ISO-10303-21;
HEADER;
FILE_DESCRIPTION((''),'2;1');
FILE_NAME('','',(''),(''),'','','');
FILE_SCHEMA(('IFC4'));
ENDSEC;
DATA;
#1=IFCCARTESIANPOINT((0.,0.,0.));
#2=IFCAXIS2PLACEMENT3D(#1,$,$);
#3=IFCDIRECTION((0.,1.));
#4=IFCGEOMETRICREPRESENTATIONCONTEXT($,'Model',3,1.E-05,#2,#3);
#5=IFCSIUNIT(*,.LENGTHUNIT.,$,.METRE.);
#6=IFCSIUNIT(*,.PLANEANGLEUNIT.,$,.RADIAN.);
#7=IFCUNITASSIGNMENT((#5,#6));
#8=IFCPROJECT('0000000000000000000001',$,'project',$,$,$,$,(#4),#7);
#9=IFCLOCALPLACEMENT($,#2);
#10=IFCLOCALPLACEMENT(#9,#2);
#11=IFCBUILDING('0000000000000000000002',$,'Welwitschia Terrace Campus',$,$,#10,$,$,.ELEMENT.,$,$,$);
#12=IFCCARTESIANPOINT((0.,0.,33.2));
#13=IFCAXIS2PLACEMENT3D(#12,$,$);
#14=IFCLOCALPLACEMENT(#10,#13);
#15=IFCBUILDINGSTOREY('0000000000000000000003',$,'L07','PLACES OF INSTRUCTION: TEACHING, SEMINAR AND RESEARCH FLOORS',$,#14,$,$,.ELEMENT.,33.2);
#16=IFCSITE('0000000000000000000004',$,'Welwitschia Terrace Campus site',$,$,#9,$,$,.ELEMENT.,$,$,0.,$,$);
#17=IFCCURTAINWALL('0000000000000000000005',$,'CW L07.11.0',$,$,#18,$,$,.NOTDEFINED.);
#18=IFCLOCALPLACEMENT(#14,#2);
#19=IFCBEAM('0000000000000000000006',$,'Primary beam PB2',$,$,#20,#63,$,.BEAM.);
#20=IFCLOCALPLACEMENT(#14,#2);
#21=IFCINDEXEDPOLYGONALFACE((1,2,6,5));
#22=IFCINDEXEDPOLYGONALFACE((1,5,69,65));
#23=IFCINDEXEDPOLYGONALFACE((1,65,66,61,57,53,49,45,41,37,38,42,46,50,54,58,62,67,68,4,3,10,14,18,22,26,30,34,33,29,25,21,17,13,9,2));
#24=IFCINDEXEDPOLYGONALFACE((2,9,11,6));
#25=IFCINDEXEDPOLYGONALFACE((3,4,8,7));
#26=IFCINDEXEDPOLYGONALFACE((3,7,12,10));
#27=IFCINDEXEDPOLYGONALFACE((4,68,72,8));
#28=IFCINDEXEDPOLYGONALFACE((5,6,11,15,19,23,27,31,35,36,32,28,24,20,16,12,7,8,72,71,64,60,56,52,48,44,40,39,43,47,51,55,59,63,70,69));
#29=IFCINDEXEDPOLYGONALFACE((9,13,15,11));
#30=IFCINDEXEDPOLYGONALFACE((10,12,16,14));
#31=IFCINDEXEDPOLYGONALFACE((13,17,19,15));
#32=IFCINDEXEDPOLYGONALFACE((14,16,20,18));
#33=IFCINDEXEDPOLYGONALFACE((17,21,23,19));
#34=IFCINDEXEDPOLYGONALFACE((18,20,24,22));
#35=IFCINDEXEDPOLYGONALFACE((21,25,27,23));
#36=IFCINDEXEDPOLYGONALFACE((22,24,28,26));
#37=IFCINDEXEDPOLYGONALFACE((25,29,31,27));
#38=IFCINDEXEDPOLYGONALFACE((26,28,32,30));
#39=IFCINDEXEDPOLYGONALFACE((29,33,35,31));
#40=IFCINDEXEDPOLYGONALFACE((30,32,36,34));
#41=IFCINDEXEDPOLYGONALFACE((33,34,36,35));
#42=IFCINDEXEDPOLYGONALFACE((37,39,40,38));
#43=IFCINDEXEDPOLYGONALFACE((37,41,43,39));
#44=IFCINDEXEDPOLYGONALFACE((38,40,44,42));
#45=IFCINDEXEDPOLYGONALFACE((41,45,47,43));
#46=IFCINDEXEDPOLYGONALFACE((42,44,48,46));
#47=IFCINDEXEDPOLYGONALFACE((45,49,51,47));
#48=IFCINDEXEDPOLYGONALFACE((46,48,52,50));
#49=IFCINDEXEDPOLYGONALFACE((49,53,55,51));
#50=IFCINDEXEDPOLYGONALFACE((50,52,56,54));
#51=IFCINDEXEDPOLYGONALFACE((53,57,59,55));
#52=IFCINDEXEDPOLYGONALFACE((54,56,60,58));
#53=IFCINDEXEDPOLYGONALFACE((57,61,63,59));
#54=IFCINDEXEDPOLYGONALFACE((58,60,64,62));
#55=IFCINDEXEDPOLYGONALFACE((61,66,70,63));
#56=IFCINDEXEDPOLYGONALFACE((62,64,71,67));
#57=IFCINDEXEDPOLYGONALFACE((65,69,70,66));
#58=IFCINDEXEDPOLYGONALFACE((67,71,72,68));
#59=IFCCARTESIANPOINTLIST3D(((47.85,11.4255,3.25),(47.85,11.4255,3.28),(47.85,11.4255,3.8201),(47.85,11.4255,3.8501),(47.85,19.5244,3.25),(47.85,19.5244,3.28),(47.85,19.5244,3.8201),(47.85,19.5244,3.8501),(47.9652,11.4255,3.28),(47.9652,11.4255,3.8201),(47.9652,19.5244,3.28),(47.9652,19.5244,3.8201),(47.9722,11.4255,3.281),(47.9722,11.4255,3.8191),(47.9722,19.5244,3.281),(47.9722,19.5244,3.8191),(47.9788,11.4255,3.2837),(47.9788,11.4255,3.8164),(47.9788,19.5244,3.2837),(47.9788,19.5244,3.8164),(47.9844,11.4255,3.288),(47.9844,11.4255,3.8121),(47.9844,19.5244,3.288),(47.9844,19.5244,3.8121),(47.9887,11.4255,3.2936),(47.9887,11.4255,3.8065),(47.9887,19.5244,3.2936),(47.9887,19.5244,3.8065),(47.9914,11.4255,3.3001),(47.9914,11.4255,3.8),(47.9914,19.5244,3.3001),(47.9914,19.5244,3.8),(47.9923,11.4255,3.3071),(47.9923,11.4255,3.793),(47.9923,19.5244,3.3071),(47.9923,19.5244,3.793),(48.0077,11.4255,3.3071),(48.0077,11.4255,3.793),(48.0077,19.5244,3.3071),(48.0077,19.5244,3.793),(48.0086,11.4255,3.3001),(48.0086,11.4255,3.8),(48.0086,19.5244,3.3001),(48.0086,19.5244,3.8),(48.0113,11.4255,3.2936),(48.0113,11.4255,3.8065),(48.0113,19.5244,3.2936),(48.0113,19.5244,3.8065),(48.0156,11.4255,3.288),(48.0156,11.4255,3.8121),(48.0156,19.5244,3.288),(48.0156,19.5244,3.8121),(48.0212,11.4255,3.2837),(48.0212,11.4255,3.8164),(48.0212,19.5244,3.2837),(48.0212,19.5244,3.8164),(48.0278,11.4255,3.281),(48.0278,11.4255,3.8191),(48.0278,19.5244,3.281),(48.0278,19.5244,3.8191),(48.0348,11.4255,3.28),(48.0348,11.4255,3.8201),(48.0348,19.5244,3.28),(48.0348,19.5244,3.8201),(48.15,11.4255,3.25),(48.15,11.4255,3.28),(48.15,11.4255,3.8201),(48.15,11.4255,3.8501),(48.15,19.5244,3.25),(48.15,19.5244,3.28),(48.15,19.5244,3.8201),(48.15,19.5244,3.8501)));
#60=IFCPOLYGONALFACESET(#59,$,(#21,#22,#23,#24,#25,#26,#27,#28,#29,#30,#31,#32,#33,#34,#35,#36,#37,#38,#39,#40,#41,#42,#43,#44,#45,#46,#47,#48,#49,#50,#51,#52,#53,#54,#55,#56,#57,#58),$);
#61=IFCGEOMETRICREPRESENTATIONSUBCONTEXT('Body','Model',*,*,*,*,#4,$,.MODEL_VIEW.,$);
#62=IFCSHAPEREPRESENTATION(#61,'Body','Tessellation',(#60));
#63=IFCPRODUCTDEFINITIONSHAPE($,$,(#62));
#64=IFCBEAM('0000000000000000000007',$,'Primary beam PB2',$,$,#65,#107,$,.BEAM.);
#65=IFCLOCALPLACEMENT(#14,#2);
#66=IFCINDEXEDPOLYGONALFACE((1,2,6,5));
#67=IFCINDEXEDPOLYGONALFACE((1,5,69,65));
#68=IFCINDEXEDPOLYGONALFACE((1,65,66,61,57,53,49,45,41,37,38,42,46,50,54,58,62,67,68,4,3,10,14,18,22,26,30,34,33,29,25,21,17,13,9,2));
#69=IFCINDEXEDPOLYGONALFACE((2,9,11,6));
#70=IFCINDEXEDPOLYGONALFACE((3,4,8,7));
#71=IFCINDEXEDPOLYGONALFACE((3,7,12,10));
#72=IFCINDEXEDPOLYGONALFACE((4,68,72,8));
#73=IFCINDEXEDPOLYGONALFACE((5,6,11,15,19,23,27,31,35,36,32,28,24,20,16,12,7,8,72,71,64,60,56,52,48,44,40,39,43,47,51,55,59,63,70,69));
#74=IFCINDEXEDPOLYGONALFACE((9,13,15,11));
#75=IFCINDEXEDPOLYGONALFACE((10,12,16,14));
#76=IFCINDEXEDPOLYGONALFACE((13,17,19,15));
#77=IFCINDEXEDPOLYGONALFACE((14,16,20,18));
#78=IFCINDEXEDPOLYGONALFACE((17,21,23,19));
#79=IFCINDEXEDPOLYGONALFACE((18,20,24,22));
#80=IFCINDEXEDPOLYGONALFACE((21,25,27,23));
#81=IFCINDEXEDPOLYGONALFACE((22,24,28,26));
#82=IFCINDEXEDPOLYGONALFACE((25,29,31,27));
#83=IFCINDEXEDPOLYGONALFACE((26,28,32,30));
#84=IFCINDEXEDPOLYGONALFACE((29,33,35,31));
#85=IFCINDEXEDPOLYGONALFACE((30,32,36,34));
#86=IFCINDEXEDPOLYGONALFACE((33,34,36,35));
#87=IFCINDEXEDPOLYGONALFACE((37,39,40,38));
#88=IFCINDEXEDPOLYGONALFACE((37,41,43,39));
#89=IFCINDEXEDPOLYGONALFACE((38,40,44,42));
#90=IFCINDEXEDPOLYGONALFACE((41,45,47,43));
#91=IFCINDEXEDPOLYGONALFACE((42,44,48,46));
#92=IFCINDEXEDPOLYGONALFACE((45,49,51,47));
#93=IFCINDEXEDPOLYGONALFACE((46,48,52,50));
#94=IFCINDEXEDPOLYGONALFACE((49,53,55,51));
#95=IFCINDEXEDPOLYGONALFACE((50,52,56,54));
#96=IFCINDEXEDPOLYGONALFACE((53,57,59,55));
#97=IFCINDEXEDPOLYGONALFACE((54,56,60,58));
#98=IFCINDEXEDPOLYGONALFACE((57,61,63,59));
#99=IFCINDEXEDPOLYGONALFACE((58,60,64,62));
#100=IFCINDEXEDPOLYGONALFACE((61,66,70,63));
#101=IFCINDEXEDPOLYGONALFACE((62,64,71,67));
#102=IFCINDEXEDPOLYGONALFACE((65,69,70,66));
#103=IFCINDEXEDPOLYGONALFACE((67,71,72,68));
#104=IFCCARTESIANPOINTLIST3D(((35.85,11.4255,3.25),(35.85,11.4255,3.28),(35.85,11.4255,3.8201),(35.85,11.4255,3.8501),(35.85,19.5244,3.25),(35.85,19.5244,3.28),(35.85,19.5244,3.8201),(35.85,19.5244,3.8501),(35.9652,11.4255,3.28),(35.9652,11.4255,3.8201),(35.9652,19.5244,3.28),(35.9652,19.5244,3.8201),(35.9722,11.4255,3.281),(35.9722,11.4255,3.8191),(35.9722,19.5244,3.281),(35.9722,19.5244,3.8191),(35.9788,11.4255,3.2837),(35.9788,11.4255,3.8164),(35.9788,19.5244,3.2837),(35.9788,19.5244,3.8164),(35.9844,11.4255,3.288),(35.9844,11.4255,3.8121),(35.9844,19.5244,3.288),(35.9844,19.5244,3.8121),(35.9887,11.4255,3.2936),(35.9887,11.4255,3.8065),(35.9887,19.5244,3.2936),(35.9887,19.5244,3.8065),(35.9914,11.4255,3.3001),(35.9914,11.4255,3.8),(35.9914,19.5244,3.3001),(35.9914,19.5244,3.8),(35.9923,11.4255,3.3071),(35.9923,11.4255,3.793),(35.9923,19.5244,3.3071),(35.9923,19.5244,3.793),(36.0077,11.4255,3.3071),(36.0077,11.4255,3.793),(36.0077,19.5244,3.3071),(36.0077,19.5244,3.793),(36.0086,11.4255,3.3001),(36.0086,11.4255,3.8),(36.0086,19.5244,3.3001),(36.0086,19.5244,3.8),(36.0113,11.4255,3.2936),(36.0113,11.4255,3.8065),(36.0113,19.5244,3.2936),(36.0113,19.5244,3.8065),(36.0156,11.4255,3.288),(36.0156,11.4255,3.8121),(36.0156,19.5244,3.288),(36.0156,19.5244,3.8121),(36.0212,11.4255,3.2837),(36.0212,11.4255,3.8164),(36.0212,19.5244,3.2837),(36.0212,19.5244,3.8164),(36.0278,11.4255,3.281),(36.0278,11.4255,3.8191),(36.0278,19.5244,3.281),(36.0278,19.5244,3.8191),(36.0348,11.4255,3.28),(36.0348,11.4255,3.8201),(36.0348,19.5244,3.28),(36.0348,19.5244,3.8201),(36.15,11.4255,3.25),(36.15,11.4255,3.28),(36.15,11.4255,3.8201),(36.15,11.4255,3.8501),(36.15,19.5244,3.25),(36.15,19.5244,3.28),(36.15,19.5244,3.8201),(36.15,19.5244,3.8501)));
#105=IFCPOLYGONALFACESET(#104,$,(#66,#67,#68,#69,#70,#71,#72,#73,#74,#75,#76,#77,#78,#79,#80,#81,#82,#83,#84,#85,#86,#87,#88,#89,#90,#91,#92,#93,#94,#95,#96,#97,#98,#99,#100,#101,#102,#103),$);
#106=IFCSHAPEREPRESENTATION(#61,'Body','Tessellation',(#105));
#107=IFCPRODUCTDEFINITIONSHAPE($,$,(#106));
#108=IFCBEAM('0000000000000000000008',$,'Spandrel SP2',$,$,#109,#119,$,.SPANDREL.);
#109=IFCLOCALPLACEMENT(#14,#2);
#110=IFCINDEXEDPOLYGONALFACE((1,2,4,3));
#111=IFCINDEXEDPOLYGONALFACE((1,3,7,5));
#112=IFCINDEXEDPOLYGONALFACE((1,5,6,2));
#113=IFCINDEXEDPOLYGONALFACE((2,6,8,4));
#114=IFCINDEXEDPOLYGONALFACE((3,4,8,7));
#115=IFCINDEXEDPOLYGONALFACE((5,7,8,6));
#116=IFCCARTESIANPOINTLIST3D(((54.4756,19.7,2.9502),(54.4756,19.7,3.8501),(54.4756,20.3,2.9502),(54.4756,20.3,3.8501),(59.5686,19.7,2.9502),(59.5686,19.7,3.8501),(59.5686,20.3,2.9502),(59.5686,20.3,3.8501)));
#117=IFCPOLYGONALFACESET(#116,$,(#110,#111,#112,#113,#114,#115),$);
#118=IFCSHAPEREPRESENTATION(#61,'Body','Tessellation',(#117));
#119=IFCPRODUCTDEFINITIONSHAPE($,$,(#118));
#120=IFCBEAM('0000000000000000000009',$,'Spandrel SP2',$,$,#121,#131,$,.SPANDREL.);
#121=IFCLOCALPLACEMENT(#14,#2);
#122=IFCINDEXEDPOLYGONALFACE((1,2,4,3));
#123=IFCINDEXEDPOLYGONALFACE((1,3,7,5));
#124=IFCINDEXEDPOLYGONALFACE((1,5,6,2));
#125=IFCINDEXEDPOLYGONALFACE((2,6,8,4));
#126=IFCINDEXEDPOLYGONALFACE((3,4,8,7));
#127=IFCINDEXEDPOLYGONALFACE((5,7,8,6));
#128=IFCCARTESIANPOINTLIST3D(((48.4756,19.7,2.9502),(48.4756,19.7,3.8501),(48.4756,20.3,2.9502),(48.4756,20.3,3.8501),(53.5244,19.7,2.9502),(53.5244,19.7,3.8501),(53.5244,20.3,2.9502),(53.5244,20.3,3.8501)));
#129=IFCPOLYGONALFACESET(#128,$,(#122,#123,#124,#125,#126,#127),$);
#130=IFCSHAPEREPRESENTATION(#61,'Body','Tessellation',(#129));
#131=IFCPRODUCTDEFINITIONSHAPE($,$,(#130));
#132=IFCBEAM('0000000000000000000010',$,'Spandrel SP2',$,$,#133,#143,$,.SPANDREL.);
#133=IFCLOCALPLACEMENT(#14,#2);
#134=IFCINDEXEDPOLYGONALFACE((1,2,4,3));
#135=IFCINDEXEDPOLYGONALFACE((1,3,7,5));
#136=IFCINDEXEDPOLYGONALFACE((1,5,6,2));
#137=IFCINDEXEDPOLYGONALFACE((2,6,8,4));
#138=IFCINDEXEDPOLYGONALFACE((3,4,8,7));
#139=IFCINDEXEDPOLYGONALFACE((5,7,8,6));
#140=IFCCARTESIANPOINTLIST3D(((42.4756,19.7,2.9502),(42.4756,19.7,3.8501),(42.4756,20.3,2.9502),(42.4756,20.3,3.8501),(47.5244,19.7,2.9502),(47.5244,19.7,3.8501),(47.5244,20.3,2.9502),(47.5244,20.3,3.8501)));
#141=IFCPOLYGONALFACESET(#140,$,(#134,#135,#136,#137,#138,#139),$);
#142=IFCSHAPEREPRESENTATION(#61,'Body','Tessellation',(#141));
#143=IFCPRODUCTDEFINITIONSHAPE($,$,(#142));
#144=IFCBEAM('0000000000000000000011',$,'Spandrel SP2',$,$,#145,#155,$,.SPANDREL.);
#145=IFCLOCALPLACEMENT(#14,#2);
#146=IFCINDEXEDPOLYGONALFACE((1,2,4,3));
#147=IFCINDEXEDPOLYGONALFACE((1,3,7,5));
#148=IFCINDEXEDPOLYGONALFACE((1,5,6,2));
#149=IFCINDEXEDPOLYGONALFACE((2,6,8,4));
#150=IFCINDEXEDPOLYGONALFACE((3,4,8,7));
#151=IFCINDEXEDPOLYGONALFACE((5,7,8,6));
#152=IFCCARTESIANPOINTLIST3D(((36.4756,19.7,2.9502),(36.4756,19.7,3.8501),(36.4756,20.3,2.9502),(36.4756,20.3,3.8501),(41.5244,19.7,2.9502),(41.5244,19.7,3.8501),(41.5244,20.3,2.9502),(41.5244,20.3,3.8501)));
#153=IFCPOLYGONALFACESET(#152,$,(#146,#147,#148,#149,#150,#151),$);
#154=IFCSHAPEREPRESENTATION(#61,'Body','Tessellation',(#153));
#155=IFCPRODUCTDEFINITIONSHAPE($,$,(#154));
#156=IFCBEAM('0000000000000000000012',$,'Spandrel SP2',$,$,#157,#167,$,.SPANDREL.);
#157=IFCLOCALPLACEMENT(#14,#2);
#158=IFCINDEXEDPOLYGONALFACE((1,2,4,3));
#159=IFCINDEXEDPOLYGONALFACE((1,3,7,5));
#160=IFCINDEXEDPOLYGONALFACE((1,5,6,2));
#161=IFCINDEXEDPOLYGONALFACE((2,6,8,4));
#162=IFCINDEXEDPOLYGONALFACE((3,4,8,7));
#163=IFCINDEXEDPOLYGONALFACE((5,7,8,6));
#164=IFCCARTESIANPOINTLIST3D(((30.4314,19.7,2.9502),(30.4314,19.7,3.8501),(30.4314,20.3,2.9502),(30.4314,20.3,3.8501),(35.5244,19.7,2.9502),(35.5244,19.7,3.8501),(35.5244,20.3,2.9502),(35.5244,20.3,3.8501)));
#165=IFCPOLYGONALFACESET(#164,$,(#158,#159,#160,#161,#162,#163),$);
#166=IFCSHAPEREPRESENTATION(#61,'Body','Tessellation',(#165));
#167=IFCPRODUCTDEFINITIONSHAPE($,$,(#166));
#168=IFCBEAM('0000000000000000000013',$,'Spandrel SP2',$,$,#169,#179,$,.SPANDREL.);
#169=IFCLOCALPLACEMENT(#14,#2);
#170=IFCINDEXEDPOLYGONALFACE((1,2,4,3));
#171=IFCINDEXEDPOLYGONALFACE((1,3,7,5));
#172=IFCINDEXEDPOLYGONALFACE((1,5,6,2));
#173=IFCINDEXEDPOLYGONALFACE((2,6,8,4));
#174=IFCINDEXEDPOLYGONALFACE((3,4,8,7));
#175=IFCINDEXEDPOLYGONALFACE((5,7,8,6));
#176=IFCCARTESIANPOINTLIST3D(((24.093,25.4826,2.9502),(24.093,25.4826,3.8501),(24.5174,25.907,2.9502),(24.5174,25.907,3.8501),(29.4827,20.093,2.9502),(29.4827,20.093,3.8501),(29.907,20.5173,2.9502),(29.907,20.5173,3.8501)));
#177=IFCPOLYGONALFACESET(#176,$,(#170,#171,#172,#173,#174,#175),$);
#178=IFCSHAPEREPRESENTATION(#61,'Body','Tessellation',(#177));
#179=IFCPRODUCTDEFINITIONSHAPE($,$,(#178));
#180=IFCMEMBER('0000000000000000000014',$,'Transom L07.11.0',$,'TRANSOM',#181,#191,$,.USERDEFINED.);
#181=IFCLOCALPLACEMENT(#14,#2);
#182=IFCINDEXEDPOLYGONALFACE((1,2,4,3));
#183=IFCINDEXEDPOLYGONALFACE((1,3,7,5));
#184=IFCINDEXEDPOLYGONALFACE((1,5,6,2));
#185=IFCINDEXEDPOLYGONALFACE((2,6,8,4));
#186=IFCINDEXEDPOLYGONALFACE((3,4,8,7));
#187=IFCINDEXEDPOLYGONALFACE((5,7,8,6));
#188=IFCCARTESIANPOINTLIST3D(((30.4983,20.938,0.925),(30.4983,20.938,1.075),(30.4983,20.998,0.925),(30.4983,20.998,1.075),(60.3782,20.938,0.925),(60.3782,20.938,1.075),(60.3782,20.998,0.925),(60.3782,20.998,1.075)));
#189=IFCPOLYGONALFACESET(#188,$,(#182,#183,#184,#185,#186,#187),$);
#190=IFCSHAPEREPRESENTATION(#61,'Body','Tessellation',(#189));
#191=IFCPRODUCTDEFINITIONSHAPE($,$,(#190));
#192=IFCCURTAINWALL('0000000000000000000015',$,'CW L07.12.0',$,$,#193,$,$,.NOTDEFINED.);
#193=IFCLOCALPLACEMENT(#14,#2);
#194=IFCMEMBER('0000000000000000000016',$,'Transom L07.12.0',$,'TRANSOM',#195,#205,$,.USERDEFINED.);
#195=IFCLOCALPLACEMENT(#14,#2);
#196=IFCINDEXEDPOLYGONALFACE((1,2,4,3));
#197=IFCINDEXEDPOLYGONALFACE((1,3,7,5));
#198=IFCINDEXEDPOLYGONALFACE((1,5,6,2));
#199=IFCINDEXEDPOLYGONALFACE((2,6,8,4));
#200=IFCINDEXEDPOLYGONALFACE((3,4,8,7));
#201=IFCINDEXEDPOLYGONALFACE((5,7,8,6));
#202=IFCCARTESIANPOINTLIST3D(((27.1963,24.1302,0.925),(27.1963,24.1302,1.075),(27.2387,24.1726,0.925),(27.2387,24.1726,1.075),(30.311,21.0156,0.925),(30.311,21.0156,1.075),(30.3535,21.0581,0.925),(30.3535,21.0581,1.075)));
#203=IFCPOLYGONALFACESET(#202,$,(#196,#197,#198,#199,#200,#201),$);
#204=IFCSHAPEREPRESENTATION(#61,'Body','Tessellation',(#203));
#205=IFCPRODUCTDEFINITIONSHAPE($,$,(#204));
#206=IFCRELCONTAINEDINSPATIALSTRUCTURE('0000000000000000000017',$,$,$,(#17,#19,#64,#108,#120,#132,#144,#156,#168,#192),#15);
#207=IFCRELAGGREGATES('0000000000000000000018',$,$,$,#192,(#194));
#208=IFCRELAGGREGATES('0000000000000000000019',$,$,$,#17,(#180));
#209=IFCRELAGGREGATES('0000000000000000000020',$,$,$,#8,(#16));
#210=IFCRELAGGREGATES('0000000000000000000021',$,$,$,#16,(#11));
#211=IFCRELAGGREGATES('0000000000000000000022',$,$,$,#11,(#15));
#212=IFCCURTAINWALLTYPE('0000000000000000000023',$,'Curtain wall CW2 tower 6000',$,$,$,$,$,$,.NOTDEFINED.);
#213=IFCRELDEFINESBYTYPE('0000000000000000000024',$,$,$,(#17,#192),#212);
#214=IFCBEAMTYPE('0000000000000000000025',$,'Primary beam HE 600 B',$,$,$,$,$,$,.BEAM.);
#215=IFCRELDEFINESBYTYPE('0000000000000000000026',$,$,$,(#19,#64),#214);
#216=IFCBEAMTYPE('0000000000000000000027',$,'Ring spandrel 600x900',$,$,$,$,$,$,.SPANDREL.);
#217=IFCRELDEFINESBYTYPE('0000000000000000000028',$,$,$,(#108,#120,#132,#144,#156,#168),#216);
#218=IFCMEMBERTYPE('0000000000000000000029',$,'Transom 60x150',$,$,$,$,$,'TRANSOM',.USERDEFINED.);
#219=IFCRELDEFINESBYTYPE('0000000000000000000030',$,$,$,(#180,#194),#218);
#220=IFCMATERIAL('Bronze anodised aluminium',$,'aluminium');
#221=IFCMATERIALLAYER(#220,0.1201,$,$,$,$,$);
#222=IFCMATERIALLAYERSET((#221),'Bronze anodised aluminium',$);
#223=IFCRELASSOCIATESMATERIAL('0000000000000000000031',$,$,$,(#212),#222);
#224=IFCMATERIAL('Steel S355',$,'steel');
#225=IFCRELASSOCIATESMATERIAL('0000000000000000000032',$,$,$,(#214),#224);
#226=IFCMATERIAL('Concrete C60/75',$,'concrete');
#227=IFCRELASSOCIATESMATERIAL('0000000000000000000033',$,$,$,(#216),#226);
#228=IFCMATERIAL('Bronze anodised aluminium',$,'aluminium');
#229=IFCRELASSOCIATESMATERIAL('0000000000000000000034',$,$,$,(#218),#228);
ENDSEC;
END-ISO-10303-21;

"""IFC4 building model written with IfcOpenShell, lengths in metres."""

from ifc_helpers import new_model, si_unit, direction, frame, origin, origin_2d, place, context, subcontext, project, spatial, rectangle, i_section, extrude, material, layer, layer_set, material_profile, profile_set, type_object, element, aggregate, save


model = new_model("IFC4")

# Units and contexts
model_context = context("Model", 3, precision=1e-05, world=origin(), true_north=direction((0.0, 1.0)))
body_context = subcontext(model_context, "Body", "Model", "MODEL_VIEW")
ifc_project = project(units=[si_unit("LENGTHUNIT", "METRE"), si_unit("PLANEANGLEUNIT", "RADIAN")], contexts=[model_context])

# Site, building, storey
site_placement = place(None, origin())
site = spatial("IfcSite", under=ifc_project, at=site_placement, Name="Welwitschia Terrace Campus site", CompositionType="ELEMENT", RefElevation=0.0)
building_placement = place(site_placement, origin())
building = spatial("IfcBuilding", under=site, at=building_placement, Name="Welwitschia Terrace Campus", CompositionType="ELEMENT")
storey_placement = place(building_placement, frame((0.0, 0.0, 33.2)))
storey = spatial("IfcBuildingStorey", under=building, at=storey_placement, Name="L07", Description="PLACES OF INSTRUCTION: TEACHING, SEMINAR AND RESEARCH FLOORS", CompositionType="ELEMENT", Elevation=33.2)

# Curtain wall
ifc_material_1 = material(Name="Bronze anodised aluminium", Category="aluminium")
ifc_layer_1 = layer(ifc_material_1, 0.1201)
ifc_layer_set_1 = layer_set([ifc_layer_1], Name="Bronze anodised aluminium")
curtain_wall_type = type_object("IfcCurtainWallType", Name="Curtain wall CW2 tower 6000", PredefinedType="NOTDEFINED", material=ifc_layer_set_1)
curtain_wall_1_placement = place(storey_placement, origin())
curtain_wall_1 = element("IfcCurtainWall", 1, at=curtain_wall_1_placement, inside=storey, type_object=curtain_wall_type, Name="CW L07.11.0", PredefinedType="NOTDEFINED")

# Beams
ifc_material_2 = material(Name="Steel S355", Category="steel")
ifc_material_profile_1 = material_profile(ifc_material_2, i_section(OverallWidth=0.3, OverallDepth=0.6001, WebThickness=0.0154, FlangeThickness=0.03, FilletRadius=0.0271, at=origin_2d()))
ifc_profile_set_1 = profile_set([ifc_material_profile_1], Name="Steel S355")
beam_type_1 = type_object("IfcBeamType", Name="Primary beam HE 600 B", PredefinedType="BEAM", material=ifc_profile_set_1)
for number, where, z_axis, x_axis, name in (
    (2, (48.0, 19.5244, 3.55), (0.0, -1.0, 0.0), (1.0, 0.0, 0.0), "Primary beam PB2"),
    (3, (36.0, 19.5244, 3.55), (0.0, -1.0, 0.0), (1.0, 0.0, 0.0), "Primary beam PB2"),
):
    element("IfcBeam", number, at=place(storey_placement, frame(where, z_axis=z_axis, x_axis=x_axis)), inside=storey, type_object=beam_type_1, Name=name, PredefinedType="BEAM", context=body_context, shape_type="SweptSolid", body=[
        extrude(i_section(OverallWidth=0.3, OverallDepth=0.6001, WebThickness=0.0154, FlangeThickness=0.03, FilletRadius=0.0271, at=origin_2d()), origin(), (0.0, 0.0, 1.0), 8.0989),
    ])
ifc_material_3 = material(Name="Concrete C60/75", Category="concrete")
ifc_material_profile_2 = material_profile(ifc_material_3, rectangle(XDim=0.6001, YDim=0.8999, at=origin_2d()))
ifc_profile_set_2 = profile_set([ifc_material_profile_2], Name="Concrete C60/75")
beam_type_2 = type_object("IfcBeamType", Name="Ring spandrel 600x900", PredefinedType="SPANDREL", material=ifc_profile_set_2)
beam_1_placement = place(storey_placement, frame((59.5686, 20.0, 3.4001), z_axis=(-1.0, 0.0, 0.0), x_axis=(0.0, -1.0, 0.0)))
element("IfcBeam", 4, at=beam_1_placement, inside=storey, type_object=beam_type_2, Name="Spandrel SP2", PredefinedType="SPANDREL", context=body_context, shape_type="SweptSolid", body=[
    extrude(rectangle(XDim=0.6001, YDim=0.8999, at=origin_2d()), origin(), (0.0, 0.0, 1.0), 5.093),
])
for number, where, z_axis, x_axis, name in (
    (5, (53.5244, 20.0, 3.4001), (-1.0, 0.0, 0.0), (0.0, -1.0, 0.0), "Spandrel SP2"),
    (6, (47.5244, 20.0, 3.4001), (-1.0, 0.0, 0.0), (0.0, -1.0, 0.0), "Spandrel SP2"),
    (7, (41.5244, 20.0, 3.4001), (-1.0, 0.0, 0.0), (0.0, -1.0, 0.0), "Spandrel SP2"),
):
    element("IfcBeam", number, at=place(storey_placement, frame(where, z_axis=z_axis, x_axis=x_axis)), inside=storey, type_object=beam_type_2, Name=name, PredefinedType="SPANDREL", context=body_context, shape_type="SweptSolid", body=[
        extrude(rectangle(XDim=0.6001, YDim=0.8999, at=origin_2d()), origin(), (0.0, 0.0, 1.0), 5.0488),
    ])
beam_2_placement = place(storey_placement, frame((35.5244, 20.0, 3.4001), z_axis=(-1.0, 0.0, 0.0), x_axis=(0.0, -1.0, 0.0)))
element("IfcBeam", 8, at=beam_2_placement, inside=storey, type_object=beam_type_2, Name="Spandrel SP2", PredefinedType="SPANDREL", context=body_context, shape_type="SweptSolid", body=[
    extrude(rectangle(XDim=0.6001, YDim=0.8999, at=origin_2d()), origin(), (0.0, 0.0, 1.0), 5.093),
])
beam_3_placement = place(storey_placement, frame((29.6948, 20.3052, 3.4001), z_axis=(-0.707107, 0.707107, 0.0), x_axis=(-0.707107, -0.707107, 0.0)))
element("IfcBeam", 9, at=beam_3_placement, inside=storey, type_object=beam_type_2, Name="Spandrel SP2", PredefinedType="SPANDREL", context=body_context, shape_type="SweptSolid", body=[
    extrude(rectangle(XDim=0.6001, YDim=0.8999, at=origin_2d()), origin(), (0.0, 0.0, 1.0), 7.6221),
])

# Member
ifc_material_4 = material(Name="Bronze anodised aluminium", Category="aluminium")
ifc_material_profile_3 = material_profile(ifc_material_4, rectangle(XDim=0.0601, YDim=0.1499, at=origin_2d()))
ifc_profile_set_3 = profile_set([ifc_material_profile_3], Name="Bronze anodised aluminium")
member_type_1 = type_object("IfcMemberType", Name="Transom 60x150", ElementType="TRANSOM", PredefinedType="USERDEFINED", material=ifc_profile_set_3)
member_1_placement = place(storey_placement, frame((60.3782, 20.968, 1.0), z_axis=(-1.0, 0.0, 0.0), x_axis=(0.0, -1.0, 0.0)))
member_1 = element("IfcMember", 10, at=member_1_placement, type_object=member_type_1, Name="Transom L07.11.0", ObjectType="TRANSOM", PredefinedType="USERDEFINED", context=body_context, shape_type="SweptSolid", body=[
    extrude(rectangle(XDim=0.0601, YDim=0.1499, at=origin_2d()), origin(), (0.0, 0.0, 1.0), 29.8799),
])

# Curtain wall, member
curtain_wall_2_placement = place(storey_placement, origin())
curtain_wall_2 = element("IfcCurtainWall", 11, at=curtain_wall_2_placement, inside=storey, type_object=curtain_wall_type, Name="CW L07.12.0", PredefinedType="NOTDEFINED")
member_2_placement = place(storey_placement, frame((30.3323, 21.0369, 1.0), z_axis=(-0.707134, 0.707079, 0.0), x_axis=(-0.707079, -0.707134, 0.0)))
member_2 = element("IfcMember", 12, at=member_2_placement, type_object=member_type_1, Name="Transom L07.12.0", ObjectType="TRANSOM", PredefinedType="USERDEFINED", context=body_context, shape_type="SweptSolid", body=[
    extrude(rectangle(XDim=0.0601, YDim=0.1499, at=origin_2d()), origin(), (0.0, 0.0, 1.0), 4.4048),
])
aggregate(curtain_wall_2, [member_2])

aggregate(curtain_wall_1, [member_1])

save(model, "model.ifc")
